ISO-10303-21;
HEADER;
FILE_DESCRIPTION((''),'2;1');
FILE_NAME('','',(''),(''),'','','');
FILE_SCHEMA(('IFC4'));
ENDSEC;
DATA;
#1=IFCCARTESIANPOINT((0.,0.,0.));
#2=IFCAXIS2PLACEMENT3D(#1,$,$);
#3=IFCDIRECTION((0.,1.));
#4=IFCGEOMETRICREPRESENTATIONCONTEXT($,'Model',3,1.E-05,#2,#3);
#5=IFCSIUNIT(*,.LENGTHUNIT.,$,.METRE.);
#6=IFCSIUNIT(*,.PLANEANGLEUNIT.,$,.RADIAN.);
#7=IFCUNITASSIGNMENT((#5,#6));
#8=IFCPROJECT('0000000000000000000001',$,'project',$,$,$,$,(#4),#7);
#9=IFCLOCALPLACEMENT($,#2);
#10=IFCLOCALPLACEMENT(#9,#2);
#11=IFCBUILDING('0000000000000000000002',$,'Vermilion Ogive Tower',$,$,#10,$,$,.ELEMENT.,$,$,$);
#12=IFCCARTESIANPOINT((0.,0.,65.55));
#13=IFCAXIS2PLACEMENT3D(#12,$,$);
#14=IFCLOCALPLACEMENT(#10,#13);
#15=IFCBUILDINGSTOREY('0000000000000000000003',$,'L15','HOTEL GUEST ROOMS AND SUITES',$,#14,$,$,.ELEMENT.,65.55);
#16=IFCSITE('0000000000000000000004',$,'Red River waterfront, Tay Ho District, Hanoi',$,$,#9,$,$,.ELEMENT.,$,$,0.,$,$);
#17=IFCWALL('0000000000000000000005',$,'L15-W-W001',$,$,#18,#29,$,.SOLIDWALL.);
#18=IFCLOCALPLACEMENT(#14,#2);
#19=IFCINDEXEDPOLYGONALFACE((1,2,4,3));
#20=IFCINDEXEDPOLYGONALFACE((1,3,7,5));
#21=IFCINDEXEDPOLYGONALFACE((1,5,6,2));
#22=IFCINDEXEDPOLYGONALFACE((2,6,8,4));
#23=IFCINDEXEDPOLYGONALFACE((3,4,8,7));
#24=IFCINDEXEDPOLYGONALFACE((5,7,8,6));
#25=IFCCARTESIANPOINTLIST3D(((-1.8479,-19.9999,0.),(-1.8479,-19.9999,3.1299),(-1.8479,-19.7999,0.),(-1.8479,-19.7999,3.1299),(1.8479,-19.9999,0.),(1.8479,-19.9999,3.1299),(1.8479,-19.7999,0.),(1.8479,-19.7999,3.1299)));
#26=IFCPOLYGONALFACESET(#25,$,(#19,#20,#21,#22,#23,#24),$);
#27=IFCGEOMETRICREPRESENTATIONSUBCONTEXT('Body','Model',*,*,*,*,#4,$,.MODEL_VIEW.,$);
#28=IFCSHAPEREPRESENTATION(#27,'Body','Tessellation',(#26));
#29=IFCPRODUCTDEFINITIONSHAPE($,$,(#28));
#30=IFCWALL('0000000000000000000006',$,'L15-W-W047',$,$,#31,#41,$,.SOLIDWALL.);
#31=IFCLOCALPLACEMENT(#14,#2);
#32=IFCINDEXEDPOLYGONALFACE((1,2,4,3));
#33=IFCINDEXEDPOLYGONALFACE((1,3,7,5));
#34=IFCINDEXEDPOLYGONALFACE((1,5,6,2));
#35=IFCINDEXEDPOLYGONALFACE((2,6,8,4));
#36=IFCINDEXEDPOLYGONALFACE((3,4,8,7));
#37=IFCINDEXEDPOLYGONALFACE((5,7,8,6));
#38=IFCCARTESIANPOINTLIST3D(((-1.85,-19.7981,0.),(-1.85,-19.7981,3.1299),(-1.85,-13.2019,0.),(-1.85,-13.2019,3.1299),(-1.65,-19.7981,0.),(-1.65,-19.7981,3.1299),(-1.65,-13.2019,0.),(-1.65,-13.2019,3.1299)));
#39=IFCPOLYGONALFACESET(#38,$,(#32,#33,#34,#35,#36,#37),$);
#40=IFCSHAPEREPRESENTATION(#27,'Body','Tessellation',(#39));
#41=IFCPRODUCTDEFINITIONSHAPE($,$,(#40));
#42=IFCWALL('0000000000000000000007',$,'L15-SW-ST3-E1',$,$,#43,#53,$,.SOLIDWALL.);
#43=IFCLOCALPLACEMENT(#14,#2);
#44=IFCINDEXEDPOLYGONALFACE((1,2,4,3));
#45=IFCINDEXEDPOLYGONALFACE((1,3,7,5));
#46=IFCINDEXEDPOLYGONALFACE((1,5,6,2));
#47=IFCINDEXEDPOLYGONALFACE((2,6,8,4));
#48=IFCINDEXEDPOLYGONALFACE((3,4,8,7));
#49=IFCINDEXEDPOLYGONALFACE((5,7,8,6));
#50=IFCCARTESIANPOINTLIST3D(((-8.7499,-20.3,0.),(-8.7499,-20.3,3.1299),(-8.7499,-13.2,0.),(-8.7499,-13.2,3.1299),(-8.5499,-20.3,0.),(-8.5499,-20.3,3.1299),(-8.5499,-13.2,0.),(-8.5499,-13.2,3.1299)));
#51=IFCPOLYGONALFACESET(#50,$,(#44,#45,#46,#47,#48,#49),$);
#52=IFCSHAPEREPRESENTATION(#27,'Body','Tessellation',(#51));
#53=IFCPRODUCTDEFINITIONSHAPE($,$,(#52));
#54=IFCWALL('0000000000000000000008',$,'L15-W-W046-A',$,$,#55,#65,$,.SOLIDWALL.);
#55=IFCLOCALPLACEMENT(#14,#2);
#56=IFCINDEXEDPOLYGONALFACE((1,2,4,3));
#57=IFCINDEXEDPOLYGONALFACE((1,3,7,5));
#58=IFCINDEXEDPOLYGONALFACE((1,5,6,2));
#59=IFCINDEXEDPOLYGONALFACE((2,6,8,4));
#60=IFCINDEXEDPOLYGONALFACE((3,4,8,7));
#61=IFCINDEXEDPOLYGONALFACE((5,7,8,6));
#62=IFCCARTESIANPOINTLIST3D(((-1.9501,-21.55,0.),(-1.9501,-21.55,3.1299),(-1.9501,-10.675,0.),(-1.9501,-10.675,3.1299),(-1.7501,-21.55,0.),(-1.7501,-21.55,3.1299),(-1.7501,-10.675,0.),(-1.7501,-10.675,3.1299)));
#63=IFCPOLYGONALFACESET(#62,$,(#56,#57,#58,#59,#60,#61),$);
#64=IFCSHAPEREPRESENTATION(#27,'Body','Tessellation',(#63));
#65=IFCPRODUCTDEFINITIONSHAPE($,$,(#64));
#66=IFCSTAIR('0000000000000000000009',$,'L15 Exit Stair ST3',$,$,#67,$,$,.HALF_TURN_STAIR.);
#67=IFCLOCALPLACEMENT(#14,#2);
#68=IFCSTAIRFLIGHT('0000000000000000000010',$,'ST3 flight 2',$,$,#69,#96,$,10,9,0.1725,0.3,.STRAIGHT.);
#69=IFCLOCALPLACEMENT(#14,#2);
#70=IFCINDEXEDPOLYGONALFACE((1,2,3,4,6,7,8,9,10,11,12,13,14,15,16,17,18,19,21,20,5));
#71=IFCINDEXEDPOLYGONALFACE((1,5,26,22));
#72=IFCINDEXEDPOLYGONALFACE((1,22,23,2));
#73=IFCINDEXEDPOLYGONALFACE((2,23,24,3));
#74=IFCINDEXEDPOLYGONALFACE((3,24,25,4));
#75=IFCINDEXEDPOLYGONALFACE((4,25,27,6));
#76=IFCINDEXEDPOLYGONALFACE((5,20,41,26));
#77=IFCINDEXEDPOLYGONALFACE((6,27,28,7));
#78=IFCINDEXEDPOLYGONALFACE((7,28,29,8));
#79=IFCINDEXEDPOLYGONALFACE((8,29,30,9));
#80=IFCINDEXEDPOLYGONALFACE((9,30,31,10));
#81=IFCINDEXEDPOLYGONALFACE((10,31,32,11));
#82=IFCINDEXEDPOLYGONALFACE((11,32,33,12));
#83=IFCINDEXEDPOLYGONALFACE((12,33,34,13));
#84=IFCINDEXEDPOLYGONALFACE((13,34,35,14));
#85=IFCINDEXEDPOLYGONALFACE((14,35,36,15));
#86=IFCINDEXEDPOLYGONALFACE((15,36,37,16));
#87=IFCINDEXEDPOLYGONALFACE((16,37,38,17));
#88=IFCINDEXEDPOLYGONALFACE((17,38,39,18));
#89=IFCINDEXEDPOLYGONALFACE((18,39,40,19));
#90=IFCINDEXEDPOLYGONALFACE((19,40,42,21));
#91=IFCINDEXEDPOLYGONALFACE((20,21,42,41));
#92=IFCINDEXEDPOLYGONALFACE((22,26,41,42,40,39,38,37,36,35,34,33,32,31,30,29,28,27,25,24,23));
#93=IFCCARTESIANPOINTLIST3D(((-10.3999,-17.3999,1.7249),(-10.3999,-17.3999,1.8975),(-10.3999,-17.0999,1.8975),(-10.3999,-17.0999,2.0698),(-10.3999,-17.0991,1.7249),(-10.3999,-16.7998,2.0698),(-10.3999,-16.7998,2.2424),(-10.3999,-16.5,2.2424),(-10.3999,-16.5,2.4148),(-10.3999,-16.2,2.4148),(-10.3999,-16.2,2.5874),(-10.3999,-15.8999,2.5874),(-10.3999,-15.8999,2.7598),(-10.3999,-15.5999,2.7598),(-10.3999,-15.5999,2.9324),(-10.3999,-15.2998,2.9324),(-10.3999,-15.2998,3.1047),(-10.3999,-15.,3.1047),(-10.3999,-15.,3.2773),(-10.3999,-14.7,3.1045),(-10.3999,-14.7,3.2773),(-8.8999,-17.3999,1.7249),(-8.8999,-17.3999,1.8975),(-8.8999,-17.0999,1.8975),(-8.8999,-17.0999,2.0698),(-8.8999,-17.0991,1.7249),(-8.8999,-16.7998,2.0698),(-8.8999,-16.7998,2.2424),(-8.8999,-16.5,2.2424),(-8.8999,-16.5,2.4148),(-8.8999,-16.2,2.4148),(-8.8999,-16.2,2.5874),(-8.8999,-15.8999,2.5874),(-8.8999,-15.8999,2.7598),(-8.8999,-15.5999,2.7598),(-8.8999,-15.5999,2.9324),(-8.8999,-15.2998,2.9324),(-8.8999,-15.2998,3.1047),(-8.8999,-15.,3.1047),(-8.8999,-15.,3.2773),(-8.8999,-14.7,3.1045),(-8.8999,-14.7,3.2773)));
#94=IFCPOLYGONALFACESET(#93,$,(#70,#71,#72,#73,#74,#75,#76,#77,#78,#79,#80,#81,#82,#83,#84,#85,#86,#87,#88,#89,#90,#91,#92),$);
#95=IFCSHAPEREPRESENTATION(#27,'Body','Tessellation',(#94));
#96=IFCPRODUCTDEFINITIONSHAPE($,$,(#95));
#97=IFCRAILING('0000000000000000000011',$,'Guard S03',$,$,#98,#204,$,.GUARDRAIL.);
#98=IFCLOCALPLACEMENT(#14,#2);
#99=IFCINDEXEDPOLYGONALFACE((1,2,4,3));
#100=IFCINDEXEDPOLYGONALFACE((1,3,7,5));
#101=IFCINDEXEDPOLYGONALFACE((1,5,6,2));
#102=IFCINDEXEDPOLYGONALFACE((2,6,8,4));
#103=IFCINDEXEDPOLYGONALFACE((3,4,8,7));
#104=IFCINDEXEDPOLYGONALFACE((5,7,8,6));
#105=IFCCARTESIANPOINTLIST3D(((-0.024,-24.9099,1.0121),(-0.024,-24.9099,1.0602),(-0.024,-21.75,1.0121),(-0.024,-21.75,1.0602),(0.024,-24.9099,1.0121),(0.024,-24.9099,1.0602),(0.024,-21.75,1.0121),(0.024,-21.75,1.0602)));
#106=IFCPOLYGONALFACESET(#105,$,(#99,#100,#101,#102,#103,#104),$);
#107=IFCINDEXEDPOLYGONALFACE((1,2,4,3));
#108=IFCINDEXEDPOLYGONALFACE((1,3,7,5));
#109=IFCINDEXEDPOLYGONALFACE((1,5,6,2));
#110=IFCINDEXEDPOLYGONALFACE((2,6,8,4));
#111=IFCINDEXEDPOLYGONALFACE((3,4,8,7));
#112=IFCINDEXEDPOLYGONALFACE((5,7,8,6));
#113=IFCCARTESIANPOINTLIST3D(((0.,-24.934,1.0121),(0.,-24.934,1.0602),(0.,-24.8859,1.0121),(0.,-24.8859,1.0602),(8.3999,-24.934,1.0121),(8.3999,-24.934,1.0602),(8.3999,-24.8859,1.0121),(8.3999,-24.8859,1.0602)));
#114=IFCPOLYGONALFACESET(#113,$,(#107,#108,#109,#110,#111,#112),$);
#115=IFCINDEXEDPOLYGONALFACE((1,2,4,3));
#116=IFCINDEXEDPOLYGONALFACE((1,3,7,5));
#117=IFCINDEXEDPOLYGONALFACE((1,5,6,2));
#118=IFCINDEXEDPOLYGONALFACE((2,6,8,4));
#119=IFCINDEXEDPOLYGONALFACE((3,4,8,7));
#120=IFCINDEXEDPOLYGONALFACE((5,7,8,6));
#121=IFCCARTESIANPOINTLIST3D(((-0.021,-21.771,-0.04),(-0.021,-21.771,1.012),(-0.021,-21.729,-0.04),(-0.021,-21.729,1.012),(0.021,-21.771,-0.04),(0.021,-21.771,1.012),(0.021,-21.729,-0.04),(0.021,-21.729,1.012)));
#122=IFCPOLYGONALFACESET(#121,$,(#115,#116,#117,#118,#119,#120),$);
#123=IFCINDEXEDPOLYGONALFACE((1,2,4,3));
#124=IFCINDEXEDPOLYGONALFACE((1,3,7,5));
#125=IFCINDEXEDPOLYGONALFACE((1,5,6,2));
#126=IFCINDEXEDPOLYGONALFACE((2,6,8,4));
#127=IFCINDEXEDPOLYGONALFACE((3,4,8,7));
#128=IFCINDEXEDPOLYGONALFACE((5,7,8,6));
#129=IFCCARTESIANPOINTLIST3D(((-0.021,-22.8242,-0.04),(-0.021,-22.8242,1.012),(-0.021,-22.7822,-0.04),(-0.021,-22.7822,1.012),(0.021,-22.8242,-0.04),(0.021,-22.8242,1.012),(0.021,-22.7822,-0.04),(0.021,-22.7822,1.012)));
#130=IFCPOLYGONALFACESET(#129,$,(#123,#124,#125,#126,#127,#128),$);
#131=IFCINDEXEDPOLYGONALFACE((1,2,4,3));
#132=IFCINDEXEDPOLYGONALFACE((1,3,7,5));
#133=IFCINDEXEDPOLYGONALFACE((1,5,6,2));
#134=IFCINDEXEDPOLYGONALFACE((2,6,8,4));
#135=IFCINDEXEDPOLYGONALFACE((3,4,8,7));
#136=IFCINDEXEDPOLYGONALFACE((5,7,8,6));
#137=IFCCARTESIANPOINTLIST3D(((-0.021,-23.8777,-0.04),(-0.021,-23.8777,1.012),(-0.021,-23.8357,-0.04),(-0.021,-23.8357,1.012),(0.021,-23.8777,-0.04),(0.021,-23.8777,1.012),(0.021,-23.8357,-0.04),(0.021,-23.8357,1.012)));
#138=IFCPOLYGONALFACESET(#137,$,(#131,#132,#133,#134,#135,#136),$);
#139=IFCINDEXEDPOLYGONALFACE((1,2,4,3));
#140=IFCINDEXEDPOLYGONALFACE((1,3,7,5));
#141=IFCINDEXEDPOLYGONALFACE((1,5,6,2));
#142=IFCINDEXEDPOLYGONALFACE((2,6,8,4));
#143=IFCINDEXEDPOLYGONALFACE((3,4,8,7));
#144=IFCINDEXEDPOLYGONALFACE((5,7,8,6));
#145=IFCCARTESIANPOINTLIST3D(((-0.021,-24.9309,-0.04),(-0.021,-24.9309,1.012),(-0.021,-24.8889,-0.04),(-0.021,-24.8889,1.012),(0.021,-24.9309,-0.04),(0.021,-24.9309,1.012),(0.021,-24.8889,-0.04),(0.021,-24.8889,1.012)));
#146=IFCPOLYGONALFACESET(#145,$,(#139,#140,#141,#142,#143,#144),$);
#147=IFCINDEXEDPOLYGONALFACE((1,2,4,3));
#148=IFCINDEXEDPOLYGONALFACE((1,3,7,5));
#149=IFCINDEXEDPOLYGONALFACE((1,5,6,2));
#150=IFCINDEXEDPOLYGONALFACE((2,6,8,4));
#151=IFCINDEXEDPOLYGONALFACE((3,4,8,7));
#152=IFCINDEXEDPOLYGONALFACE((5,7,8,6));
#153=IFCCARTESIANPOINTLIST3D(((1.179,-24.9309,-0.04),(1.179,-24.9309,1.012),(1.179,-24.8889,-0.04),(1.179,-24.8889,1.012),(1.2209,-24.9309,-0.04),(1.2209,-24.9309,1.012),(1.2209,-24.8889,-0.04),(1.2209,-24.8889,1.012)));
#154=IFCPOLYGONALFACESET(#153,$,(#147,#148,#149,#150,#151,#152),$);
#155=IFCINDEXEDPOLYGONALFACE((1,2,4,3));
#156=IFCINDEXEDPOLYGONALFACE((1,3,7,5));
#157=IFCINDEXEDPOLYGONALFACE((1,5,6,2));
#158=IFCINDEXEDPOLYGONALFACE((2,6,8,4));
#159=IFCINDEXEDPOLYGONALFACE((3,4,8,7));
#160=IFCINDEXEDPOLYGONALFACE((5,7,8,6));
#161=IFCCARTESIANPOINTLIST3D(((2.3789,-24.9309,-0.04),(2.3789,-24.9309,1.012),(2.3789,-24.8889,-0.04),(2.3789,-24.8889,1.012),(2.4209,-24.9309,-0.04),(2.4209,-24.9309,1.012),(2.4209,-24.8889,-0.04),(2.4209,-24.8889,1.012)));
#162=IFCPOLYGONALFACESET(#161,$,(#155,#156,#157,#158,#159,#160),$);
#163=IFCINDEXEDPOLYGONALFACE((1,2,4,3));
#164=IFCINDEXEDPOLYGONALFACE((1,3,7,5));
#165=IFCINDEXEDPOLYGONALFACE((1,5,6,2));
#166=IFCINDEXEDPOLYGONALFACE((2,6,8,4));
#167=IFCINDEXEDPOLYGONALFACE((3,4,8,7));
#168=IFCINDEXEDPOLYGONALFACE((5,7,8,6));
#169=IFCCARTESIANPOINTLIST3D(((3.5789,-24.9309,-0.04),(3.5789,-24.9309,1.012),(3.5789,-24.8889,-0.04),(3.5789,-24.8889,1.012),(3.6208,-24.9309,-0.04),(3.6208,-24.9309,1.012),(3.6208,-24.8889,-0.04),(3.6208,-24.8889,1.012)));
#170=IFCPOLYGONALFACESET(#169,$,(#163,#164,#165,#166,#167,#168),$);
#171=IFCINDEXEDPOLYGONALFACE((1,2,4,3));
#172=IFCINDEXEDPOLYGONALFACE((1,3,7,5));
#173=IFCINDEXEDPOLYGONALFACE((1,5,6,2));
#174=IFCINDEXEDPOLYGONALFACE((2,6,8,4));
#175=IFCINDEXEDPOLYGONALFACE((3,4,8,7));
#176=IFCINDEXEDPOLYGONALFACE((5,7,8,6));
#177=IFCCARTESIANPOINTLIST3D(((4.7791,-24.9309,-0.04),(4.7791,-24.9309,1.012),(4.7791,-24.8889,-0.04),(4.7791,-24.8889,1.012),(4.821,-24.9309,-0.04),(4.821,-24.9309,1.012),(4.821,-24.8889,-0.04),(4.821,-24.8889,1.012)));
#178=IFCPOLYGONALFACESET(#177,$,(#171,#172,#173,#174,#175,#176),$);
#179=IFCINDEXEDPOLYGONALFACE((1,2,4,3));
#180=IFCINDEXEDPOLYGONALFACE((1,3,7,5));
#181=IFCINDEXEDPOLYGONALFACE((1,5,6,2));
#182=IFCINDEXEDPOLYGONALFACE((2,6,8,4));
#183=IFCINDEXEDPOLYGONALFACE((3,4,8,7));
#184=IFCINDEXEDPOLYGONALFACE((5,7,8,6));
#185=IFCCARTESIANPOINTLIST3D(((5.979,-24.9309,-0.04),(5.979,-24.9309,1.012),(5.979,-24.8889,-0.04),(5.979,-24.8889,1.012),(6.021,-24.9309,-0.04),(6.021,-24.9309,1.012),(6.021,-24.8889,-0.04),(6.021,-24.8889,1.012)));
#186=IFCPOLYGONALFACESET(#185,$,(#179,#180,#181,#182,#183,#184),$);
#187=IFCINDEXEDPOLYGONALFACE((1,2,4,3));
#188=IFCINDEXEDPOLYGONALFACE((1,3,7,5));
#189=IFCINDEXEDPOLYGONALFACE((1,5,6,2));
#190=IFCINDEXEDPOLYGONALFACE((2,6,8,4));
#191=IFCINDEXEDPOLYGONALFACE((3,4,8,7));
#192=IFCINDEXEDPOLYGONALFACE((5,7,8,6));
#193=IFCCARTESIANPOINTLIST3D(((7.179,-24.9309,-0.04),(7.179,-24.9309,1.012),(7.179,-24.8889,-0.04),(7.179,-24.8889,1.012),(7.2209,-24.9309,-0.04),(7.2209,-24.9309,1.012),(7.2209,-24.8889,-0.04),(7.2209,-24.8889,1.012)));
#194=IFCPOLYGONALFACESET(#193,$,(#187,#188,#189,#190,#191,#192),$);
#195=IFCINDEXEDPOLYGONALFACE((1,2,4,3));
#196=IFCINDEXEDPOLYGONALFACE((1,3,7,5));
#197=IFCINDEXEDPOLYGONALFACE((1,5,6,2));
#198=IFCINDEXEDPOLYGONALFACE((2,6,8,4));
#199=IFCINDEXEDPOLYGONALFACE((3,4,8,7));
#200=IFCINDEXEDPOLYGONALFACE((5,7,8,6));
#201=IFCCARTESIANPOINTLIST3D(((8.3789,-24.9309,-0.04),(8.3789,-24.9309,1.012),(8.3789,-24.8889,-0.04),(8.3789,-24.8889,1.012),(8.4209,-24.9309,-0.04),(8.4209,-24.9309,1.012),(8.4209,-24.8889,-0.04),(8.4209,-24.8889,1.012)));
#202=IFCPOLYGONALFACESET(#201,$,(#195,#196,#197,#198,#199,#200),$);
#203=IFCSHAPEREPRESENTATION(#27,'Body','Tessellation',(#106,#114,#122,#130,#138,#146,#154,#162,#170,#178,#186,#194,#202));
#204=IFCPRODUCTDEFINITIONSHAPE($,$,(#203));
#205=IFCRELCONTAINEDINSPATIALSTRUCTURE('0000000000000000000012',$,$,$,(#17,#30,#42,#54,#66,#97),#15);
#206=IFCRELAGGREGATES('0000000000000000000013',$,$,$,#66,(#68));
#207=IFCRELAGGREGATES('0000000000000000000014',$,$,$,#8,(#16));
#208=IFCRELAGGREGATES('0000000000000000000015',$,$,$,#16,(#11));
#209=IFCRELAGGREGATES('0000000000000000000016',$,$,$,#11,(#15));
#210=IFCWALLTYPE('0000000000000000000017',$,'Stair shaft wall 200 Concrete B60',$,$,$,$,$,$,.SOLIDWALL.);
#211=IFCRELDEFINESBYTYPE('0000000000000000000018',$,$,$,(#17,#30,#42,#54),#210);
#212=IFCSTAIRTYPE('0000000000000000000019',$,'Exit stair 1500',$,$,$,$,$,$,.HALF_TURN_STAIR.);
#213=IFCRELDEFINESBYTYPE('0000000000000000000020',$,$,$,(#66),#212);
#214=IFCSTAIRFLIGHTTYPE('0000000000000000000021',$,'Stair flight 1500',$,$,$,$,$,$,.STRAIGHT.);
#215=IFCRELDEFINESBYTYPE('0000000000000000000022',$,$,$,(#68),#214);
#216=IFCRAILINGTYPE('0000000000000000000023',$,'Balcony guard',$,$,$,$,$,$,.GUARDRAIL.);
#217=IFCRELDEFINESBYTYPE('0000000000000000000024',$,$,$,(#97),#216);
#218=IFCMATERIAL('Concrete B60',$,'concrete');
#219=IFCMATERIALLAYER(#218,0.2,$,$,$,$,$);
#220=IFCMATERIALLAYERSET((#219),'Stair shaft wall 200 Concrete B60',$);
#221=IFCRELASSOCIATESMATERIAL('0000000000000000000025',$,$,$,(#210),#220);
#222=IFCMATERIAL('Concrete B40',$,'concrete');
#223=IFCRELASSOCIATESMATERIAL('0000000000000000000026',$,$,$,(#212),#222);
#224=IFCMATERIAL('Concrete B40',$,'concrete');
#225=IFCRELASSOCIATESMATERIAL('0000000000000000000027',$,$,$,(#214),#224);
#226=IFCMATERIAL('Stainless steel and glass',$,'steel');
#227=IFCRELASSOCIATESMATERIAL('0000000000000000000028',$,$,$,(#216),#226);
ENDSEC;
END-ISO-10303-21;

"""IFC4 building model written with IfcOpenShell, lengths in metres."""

from ifc_helpers import new_model, si_unit, direction, frame, frame_2d, origin, origin_2d, place, context, subcontext, project, spatial, polyline, rectangle, outline, extrude, material, layer, layer_set, type_object, element, aggregate, save


model = new_model("IFC4")

# Units and contexts
model_context = context("Model", 3, precision=1e-05, world=origin(), true_north=direction((0.0, 1.0)))
body_context = subcontext(model_context, "Body", "Model", "MODEL_VIEW")
ifc_project = project(units=[si_unit("LENGTHUNIT", "METRE"), si_unit("PLANEANGLEUNIT", "RADIAN")], contexts=[model_context])

# Site, building, storey
site_placement = place(None, origin())
site = spatial("IfcSite", under=ifc_project, at=site_placement, Name="Red River waterfront, Tay Ho District, Hanoi", CompositionType="ELEMENT", RefElevation=0.0)
building_placement = place(site_placement, origin())
building = spatial("IfcBuilding", under=site, at=building_placement, Name="Vermilion Ogive Tower", CompositionType="ELEMENT")
storey_placement = place(building_placement, frame((0.0, 0.0, 65.55)))
storey = spatial("IfcBuildingStorey", under=building, at=storey_placement, Name="L15", Description="HOTEL GUEST ROOMS AND SUITES", CompositionType="ELEMENT", Elevation=65.55)

# Walls
ifc_material_1 = material(Name="Concrete B60", Category="concrete")
ifc_layer_1 = layer(ifc_material_1, 0.2)
ifc_layer_set_1 = layer_set([ifc_layer_1], Name="Stair shaft wall 200 Concrete B60")
wall_type = type_object("IfcWallType", Name="Stair shaft wall 200 Concrete B60", PredefinedType="SOLIDWALL", material=ifc_layer_set_1)
wall_1_placement = place(storey_placement, frame((-1.8479, -19.8999, 0.0), z_axis=(0.0, 0.0, 1.0), x_axis=(1.0, 0.0, 0.0)))
element("IfcWall", 1, at=wall_1_placement, inside=storey, type_object=wall_type, Name="L15-W-W001", PredefinedType="SOLIDWALL", context=body_context, shape_type="SweptSolid", body=[
    extrude(rectangle(XDim=3.6958, YDim=0.2, at=frame_2d((1.8479, 0.0))), origin(), (0.0, 0.0, 1.0), 3.1299),
])
wall_2_placement = place(storey_placement, frame((-1.75, -19.7981, 0.0), z_axis=(0.0, 0.0, 1.0), x_axis=(0.0, 1.0, 0.0)))
element("IfcWall", 2, at=wall_2_placement, inside=storey, type_object=wall_type, Name="L15-W-W047", PredefinedType="SOLIDWALL", context=body_context, shape_type="SweptSolid", body=[
    extrude(rectangle(XDim=6.5962, YDim=0.2, at=frame_2d((3.2981, 0.0))), origin(), (0.0, 0.0, 1.0), 3.1299),
])
wall_3_placement = place(storey_placement, frame((-8.6499, -20.3, 0.0), z_axis=(0.0, 0.0, 1.0), x_axis=(0.0, 1.0, 0.0)))
element("IfcWall", 3, at=wall_3_placement, inside=storey, type_object=wall_type, Name="L15-SW-ST3-E1", PredefinedType="SOLIDWALL", context=body_context, shape_type="SweptSolid", body=[
    extrude(rectangle(XDim=7.1001, YDim=0.2, at=frame_2d((3.55, 0.0))), origin(), (0.0, 0.0, 1.0), 3.1299),
])
wall_4_placement = place(storey_placement, frame((-1.8501, -21.55, 0.0), z_axis=(0.0, 0.0, 1.0), x_axis=(0.0, 1.0, 0.0)))
element("IfcWall", 4, at=wall_4_placement, inside=storey, type_object=wall_type, Name="L15-W-W046-A", PredefinedType="SOLIDWALL", context=body_context, shape_type="SweptSolid", body=[
    extrude(rectangle(XDim=10.875, YDim=0.2, at=frame_2d((5.4375, 0.0))), origin(), (0.0, 0.0, 1.0), 3.1299),
])

# Stair, stair flight
ifc_material_2 = material(Name="Concrete B40", Category="concrete")
stair_type = type_object("IfcStairType", Name="Exit stair 1500", PredefinedType="HALF_TURN_STAIR", material=ifc_material_2)
stair_placement = place(storey_placement, origin())
stair = element("IfcStair", 5, at=stair_placement, inside=storey, type_object=stair_type, Name="L15 Exit Stair ST3", PredefinedType="HALF_TURN_STAIR")
ifc_material_3 = material(Name="Concrete B40", Category="concrete")
stair_flight_type = type_object("IfcStairFlightType", Name="Stair flight 1500", PredefinedType="STRAIGHT", material=ifc_material_3)
stair_flight_placement = place(storey_placement, frame((-9.6499, -17.3999, 1.7249), z_axis=(0.0, 0.0, 1.0), x_axis=(0.0, 1.0, 0.0)))
stair_flight = element("IfcStairFlight", 6, at=stair_flight_placement, type_object=stair_flight_type, Name="ST3 flight 2", NumberOfRisers=10, NumberOfTreads=9, PredefinedType="STRAIGHT", RiserHeight=0.1725, TreadLength=0.3, context=body_context, shape_type="SweptSolid", body=[
    extrude(outline(polyline([(0.0, 0.0), (0.0, 0.1726), (0.3, 0.1726), (0.3, 0.345), (0.6001, 0.345), (0.6001, 0.5176), (0.8999, 0.5176), (0.8999, 0.6899), (1.2, 0.6899), (1.2, 0.8625), (1.5, 0.8625), (1.5, 1.0349), (1.8, 1.0349), (1.8, 1.2075), (2.1001, 1.2075), (2.1001, 1.3799), (2.3999, 1.3799), (2.3999, 1.5525), (2.7, 1.5525), (2.7, 1.7251), (2.7, 1.3796), (0.3008, 0.0), (0.0, 0.0)])), frame((0.0, 0.75, 0.0), z_axis=(0.0, -1.0, 0.0), x_axis=(1.0, 0.0, 0.0)), (0.0, 0.0, 1.0), 1.5),
])
aggregate(stair, [stair_flight])

# Railing
ifc_material_4 = material(Name="Stainless steel and glass", Category="steel")
railing_type_1 = type_object("IfcRailingType", Name="Balcony guard", PredefinedType="GUARDRAIL", material=ifc_material_4)
railing_1_placement = place(storey_placement, frame((0.0, -21.75, -0.04)))
element("IfcRailing", 7, at=railing_1_placement, inside=storey, type_object=railing_type_1, Name="Guard S03", PredefinedType="GUARDRAIL", context=body_context, shape_type="SweptSolid", body=[
    extrude(rectangle(XDim=0.0481, YDim=0.0481, at=origin_2d()), frame((0.0, 0.0, 1.0762), z_axis=(0.0, -1.0, 0.0), x_axis=(1.0, 0.0, 0.0)), (0.0, 0.0, 1.0), 3.1599),
    extrude(rectangle(XDim=0.0481, YDim=0.0481, at=origin_2d()), frame((0.0, -3.1599, 1.0762), z_axis=(1.0, 0.0, 0.0), x_axis=(0.0, 1.0, 0.0)), (0.0, 0.0, 1.0), 8.3999),
    extrude(rectangle(XDim=0.042, YDim=0.042, at=origin_2d()), origin(), (0.0, 0.0, 1.0), 1.052),
    extrude(rectangle(XDim=0.042, YDim=0.042, at=origin_2d()), frame((0.0, -1.0532, 0.0)), (0.0, 0.0, 1.0), 1.052),
    extrude(rectangle(XDim=0.042, YDim=0.042, at=origin_2d()), frame((0.0, -2.1067, 0.0)), (0.0, 0.0, 1.0), 1.052),
    extrude(rectangle(XDim=0.042, YDim=0.042, at=origin_2d()), frame((0.0, -3.1599, 0.0)), (0.0, 0.0, 1.0), 1.052),
    extrude(rectangle(XDim=0.042, YDim=0.042, at=origin_2d()), frame((1.2, -3.1599, 0.0)), (0.0, 0.0, 1.0), 1.052),
    extrude(rectangle(XDim=0.042, YDim=0.042, at=origin_2d()), frame((2.3999, -3.1599, 0.0)), (0.0, 0.0, 1.0), 1.052),
    extrude(rectangle(XDim=0.042, YDim=0.042, at=origin_2d()), frame((3.5999, -3.1599, 0.0)), (0.0, 0.0, 1.0), 1.052),
    extrude(rectangle(XDim=0.042, YDim=0.042, at=origin_2d()), frame((4.8, -3.1599, 0.0)), (0.0, 0.0, 1.0), 1.052),
    extrude(rectangle(XDim=0.042, YDim=0.042, at=origin_2d()), frame((6.0, -3.1599, 0.0)), (0.0, 0.0, 1.0), 1.052),
    extrude(rectangle(XDim=0.042, YDim=0.042, at=origin_2d()), frame((7.2, -3.1599, 0.0)), (0.0, 0.0, 1.0), 1.052),
    extrude(rectangle(XDim=0.042, YDim=0.042, at=origin_2d()), frame((8.3999, -3.1599, 0.0)), (0.0, 0.0, 1.0), 1.052),
])

save(model, "model.ifc")
